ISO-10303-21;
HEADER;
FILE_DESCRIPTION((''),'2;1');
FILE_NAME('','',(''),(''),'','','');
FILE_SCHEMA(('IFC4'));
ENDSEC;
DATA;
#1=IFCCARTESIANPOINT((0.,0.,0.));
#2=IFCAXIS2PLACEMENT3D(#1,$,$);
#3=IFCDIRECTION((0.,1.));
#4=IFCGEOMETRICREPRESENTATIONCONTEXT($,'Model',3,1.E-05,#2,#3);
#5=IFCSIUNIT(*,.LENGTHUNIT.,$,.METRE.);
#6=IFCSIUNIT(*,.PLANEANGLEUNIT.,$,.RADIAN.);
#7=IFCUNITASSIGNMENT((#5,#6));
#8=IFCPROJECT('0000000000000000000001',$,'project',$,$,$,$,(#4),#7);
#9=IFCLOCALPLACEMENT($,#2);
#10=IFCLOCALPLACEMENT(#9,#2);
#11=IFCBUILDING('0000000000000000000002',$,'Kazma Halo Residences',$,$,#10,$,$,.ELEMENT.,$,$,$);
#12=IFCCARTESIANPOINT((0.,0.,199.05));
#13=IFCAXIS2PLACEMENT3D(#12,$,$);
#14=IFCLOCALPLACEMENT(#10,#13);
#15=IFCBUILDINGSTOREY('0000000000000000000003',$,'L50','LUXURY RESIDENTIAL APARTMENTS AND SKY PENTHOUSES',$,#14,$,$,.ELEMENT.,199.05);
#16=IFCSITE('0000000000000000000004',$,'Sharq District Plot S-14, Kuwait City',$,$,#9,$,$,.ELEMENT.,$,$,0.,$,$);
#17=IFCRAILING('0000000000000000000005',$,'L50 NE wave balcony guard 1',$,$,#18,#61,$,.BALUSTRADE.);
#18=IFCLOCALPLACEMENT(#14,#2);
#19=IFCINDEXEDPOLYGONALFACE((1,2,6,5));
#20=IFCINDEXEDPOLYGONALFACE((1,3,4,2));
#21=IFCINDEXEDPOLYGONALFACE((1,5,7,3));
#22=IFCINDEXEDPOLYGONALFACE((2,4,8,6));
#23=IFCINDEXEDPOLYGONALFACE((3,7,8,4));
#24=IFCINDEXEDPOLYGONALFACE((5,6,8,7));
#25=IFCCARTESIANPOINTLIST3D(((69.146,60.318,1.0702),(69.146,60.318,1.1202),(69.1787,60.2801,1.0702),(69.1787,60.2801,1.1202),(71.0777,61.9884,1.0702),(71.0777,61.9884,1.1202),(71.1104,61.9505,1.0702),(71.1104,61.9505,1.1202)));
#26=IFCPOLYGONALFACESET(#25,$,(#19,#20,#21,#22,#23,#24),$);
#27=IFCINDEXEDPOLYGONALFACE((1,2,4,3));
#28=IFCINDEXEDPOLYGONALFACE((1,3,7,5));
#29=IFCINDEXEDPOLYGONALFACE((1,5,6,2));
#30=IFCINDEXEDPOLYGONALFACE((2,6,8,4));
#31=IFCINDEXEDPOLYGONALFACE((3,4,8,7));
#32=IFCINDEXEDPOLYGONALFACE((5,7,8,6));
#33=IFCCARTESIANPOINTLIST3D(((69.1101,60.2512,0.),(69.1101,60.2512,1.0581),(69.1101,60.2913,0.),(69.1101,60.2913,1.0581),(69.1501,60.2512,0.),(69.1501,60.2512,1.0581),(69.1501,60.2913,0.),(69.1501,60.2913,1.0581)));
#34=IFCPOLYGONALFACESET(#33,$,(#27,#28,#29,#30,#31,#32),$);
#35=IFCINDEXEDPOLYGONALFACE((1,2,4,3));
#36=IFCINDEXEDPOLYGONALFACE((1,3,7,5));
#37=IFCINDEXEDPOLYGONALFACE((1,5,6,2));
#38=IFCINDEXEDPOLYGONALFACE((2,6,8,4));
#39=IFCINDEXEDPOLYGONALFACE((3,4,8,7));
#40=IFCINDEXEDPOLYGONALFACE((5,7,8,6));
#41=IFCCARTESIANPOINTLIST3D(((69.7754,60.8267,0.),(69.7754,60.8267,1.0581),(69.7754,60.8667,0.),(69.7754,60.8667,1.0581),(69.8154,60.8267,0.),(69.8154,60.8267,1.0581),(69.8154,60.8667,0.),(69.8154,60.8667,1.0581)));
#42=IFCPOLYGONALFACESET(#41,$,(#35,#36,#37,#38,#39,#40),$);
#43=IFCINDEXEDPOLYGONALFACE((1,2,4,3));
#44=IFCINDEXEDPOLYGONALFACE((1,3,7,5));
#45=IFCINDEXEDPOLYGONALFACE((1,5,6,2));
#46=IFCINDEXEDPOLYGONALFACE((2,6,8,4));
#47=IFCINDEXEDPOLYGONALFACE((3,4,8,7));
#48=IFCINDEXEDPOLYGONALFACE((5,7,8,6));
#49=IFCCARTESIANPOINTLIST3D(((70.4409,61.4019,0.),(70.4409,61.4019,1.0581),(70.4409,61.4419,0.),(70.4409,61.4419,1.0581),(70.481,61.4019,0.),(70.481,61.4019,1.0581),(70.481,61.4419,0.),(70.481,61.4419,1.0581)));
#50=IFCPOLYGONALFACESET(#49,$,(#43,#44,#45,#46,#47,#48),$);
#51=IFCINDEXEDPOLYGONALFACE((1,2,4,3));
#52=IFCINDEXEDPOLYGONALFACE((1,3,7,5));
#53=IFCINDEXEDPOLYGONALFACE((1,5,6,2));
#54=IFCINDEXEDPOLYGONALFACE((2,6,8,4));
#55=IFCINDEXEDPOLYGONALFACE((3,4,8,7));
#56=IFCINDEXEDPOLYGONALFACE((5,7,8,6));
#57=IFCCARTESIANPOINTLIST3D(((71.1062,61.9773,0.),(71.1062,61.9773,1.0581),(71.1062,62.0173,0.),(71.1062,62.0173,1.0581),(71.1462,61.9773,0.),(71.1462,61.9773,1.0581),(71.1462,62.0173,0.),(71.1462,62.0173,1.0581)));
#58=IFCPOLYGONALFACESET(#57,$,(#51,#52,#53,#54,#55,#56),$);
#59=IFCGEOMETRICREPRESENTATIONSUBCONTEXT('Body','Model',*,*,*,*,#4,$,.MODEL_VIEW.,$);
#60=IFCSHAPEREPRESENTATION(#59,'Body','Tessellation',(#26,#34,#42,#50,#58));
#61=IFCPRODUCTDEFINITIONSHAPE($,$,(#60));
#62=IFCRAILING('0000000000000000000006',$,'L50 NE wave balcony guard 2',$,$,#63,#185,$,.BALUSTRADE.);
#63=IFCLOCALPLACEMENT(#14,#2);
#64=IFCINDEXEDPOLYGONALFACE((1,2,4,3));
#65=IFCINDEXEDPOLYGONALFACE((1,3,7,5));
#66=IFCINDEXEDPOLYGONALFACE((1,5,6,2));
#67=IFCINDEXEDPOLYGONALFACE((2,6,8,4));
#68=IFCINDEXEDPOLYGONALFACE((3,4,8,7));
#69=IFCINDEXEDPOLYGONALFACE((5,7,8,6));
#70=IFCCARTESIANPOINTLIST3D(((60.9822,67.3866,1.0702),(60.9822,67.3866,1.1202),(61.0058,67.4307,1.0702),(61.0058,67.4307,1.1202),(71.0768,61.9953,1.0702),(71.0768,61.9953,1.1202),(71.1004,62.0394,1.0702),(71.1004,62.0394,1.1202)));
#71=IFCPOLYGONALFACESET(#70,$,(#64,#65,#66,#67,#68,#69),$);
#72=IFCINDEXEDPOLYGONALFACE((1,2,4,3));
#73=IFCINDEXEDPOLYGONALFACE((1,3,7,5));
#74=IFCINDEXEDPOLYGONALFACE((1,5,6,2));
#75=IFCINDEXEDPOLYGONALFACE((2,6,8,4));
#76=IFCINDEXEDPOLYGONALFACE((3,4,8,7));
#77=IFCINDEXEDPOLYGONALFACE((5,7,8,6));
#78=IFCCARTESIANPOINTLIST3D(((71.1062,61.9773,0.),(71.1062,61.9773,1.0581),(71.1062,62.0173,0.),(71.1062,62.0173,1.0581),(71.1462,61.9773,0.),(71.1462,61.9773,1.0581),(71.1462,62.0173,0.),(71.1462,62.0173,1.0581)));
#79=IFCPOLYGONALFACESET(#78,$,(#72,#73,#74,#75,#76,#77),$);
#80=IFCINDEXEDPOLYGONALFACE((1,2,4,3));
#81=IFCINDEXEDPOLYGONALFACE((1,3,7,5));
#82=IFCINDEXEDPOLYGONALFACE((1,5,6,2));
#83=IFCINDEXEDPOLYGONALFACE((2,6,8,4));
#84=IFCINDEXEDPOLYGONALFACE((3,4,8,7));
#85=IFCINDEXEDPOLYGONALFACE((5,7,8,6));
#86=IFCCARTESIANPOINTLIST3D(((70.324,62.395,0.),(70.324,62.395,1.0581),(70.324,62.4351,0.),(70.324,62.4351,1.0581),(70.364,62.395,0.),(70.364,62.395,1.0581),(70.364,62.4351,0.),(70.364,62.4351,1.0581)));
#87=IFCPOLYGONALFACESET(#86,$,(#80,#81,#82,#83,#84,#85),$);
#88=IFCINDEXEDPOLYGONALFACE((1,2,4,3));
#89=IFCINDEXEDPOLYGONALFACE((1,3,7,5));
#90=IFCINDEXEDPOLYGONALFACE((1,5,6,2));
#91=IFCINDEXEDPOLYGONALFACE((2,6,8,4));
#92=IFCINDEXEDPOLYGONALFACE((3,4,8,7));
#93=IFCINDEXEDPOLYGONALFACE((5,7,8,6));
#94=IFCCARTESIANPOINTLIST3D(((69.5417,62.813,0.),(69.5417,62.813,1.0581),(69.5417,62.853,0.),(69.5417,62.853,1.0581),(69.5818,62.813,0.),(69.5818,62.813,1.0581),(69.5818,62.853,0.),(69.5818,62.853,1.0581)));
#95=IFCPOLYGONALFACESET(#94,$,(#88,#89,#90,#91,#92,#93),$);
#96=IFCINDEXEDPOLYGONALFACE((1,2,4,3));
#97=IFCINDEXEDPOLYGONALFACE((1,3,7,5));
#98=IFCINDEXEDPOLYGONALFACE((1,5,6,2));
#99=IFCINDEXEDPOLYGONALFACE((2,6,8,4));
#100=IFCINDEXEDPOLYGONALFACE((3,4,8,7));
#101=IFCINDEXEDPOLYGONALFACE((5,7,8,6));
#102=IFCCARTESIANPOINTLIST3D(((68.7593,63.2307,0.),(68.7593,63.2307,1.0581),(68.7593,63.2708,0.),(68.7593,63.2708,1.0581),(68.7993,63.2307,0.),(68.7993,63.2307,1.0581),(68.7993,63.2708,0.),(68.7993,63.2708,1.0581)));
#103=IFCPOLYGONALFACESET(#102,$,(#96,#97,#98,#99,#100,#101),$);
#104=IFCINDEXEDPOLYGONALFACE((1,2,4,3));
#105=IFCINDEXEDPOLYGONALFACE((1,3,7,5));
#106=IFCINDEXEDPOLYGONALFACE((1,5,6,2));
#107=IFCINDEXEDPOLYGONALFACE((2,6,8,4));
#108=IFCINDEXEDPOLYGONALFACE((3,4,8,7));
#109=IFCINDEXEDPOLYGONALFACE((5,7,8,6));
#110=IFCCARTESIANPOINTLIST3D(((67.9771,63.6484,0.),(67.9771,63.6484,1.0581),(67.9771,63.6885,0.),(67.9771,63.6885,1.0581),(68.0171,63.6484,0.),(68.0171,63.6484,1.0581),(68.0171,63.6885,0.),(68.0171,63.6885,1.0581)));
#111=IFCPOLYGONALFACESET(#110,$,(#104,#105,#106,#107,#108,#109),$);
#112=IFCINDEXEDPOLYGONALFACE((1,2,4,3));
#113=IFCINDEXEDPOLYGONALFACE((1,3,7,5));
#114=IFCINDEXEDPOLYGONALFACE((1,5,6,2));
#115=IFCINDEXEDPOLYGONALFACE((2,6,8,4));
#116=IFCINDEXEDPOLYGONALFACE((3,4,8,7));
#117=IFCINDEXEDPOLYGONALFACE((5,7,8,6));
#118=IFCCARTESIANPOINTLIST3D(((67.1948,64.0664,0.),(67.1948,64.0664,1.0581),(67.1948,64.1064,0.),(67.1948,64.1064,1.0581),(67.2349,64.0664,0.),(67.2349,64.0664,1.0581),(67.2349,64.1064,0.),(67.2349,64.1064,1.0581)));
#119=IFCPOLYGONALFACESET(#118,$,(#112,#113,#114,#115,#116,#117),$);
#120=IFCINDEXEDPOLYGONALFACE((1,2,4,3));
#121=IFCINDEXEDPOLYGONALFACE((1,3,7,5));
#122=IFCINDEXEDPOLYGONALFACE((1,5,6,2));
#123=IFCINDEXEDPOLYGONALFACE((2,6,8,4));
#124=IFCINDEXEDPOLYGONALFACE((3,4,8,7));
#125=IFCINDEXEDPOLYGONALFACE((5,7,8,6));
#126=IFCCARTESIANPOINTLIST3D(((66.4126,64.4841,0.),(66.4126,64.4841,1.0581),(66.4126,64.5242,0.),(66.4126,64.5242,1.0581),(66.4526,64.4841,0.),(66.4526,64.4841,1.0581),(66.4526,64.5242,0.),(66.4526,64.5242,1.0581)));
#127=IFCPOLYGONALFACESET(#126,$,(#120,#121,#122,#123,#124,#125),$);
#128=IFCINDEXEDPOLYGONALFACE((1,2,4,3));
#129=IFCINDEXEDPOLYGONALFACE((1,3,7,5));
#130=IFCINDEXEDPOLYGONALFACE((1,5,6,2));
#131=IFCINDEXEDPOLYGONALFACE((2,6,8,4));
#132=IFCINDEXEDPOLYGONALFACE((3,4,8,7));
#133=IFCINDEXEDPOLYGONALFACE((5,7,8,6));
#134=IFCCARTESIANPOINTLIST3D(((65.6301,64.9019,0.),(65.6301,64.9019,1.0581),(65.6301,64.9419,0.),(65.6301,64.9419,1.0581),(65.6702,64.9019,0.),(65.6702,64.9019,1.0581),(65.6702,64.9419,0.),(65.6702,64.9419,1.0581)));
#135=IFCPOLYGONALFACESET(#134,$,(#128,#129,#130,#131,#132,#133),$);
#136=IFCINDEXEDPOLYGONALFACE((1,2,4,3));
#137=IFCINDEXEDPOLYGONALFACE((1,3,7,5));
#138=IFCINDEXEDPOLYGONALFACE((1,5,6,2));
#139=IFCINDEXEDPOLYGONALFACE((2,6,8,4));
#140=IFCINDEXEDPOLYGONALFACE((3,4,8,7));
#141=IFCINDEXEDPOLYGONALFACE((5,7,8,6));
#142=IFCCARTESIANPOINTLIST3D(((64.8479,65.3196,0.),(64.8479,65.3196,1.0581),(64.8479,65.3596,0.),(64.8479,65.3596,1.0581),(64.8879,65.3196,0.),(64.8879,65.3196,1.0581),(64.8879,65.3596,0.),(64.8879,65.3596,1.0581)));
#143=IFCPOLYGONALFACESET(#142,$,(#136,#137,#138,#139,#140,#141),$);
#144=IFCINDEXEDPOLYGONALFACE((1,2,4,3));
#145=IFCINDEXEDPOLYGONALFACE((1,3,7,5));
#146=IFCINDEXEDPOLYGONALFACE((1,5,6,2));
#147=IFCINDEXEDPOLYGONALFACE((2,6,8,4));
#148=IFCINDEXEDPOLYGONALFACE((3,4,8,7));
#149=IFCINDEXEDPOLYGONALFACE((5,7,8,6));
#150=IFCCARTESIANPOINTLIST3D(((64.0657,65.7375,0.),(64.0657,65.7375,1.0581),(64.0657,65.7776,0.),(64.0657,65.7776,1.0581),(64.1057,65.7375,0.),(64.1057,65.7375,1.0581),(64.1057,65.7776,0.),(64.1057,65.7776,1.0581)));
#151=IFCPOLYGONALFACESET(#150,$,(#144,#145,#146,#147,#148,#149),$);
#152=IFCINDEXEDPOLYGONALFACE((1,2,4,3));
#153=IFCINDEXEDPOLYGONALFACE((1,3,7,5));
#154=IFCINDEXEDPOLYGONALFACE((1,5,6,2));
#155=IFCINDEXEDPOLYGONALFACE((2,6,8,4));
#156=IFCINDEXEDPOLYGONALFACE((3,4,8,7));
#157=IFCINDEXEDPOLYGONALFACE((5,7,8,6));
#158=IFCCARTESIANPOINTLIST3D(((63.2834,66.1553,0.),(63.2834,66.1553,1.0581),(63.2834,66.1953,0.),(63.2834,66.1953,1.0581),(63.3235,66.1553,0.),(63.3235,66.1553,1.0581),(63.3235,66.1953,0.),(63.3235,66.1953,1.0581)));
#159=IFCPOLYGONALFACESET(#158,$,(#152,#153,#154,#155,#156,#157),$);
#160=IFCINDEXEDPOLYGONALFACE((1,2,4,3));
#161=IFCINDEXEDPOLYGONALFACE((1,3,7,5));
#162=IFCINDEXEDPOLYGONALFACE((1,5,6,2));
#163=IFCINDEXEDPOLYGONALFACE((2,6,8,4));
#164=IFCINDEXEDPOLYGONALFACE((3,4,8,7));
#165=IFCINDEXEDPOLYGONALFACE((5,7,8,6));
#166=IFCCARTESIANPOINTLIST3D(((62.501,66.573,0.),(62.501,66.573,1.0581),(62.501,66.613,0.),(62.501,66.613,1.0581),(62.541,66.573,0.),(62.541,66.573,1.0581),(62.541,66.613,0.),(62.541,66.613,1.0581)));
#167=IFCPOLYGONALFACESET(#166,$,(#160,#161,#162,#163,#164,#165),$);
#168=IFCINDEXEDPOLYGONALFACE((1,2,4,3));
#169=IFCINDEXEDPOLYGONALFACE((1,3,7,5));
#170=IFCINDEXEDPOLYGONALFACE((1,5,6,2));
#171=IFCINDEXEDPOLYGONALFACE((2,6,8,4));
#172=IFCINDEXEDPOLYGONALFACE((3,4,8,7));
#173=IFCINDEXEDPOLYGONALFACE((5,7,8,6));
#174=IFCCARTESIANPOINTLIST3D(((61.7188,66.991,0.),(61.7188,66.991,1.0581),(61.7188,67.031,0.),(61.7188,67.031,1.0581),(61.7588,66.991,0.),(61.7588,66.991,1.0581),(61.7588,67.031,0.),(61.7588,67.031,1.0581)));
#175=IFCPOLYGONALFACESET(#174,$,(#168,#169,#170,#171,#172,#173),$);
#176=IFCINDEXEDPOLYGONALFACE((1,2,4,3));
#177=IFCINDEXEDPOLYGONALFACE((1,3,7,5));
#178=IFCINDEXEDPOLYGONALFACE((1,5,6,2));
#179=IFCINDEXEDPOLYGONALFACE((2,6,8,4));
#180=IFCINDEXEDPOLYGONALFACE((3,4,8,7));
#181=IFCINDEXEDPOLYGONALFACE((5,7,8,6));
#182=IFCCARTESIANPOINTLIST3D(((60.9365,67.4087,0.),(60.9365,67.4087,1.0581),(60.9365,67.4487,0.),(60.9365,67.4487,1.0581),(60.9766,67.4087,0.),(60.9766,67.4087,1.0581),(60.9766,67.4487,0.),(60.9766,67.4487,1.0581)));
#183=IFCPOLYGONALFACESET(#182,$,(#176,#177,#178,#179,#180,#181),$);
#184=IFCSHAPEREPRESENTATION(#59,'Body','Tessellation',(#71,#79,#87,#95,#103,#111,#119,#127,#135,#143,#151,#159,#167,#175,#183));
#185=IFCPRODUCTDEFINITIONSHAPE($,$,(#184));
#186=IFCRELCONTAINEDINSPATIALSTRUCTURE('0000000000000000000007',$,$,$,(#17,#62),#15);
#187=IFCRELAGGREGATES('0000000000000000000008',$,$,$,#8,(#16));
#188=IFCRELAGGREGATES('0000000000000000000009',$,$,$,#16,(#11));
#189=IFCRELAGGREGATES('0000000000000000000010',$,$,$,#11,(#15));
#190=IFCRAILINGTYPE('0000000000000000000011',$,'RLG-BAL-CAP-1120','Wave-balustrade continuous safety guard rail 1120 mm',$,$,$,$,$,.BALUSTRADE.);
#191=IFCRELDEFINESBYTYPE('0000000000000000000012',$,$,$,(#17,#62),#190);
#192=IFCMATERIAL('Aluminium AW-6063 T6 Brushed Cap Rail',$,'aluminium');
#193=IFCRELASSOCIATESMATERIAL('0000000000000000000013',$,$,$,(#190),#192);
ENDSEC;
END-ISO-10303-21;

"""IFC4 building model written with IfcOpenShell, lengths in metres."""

from ifc_helpers import new_model, si_unit, direction, frame, origin, origin_2d, place, context, subcontext, project, spatial, rectangle, extrude, material, type_object, element, save


model = new_model("IFC4")

# Units and contexts
model_context = context("Model", 3, precision=1e-05, world=origin(), true_north=direction((0.0, 1.0)))
body_context = subcontext(model_context, "Body", "Model", "MODEL_VIEW")
ifc_project = project(units=[si_unit("LENGTHUNIT", "METRE"), si_unit("PLANEANGLEUNIT", "RADIAN")], contexts=[model_context])

# Site, building, storey
site_placement = place(None, origin())
site = spatial("IfcSite", under=ifc_project, at=site_placement, Name="Sharq District Plot S-14, Kuwait City", CompositionType="ELEMENT", RefElevation=0.0)
building_placement = place(site_placement, origin())
building = spatial("IfcBuilding", under=site, at=building_placement, Name="Kazma Halo Residences", CompositionType="ELEMENT")
storey_placement = place(building_placement, frame((0.0, 0.0, 199.05)))
storey = spatial("IfcBuildingStorey", under=building, at=storey_placement, Name="L50", Description="LUXURY RESIDENTIAL APARTMENTS AND SKY PENTHOUSES", CompositionType="ELEMENT", Elevation=199.05)

# Railings
ifc_material_1 = material(Name="Aluminium AW-6063 T6 Brushed Cap Rail", Category="aluminium")
railing_type = type_object("IfcRailingType", Name="RLG-BAL-CAP-1120", Description="Wave-balustrade continuous safety guard rail 1120 mm", PredefinedType="BALUSTRADE", material=ifc_material_1)
railing_1_placement = place(storey_placement, frame((69.1301, 60.2712, 0.0)))
element("IfcRailing", 1, at=railing_1_placement, inside=storey, type_object=railing_type, Name="L50 NE wave balcony guard 1", PredefinedType="BALUSTRADE", context=body_context, shape_type="SweptSolid", body=[
    extrude(rectangle(XDim=0.05, YDim=0.05, at=origin_2d()), frame((0.0322, 0.0278, 1.0952), z_axis=(0.756415, 0.654092, 0.0), x_axis=(-0.654092, 0.756415, 0.0)), (0.0, 0.0, 1.0), 2.5537),
    extrude(rectangle(XDim=0.04, YDim=0.04, at=origin_2d()), origin(), (0.0, 0.0, 1.0), 1.0581),
    extrude(rectangle(XDim=0.04, YDim=0.04, at=origin_2d()), frame((0.6653, 0.5754, 0.0)), (0.0, 0.0, 1.0), 1.0581),
    extrude(rectangle(XDim=0.04, YDim=0.04, at=origin_2d()), frame((1.3308, 1.1506, 0.0)), (0.0, 0.0, 1.0), 1.0581),
    extrude(rectangle(XDim=0.04, YDim=0.04, at=origin_2d()), frame((1.9961, 1.7261, 0.0)), (0.0, 0.0, 1.0), 1.0581),
])
railing_2_placement = place(storey_placement, frame((71.1262, 61.9973, 0.0)))
element("IfcRailing", 2, at=railing_2_placement, inside=storey, type_object=railing_type, Name="L50 NE wave balcony guard 2", PredefinedType="BALUSTRADE", context=body_context, shape_type="SweptSolid", body=[
    extrude(rectangle(XDim=0.05, YDim=0.05, at=origin_2d()), frame((-0.0376, 0.02, 1.0952), z_axis=(-0.88208, 0.471099, 0.0), x_axis=(-0.471099, -0.88208, 0.0)), (0.0, 0.0, 1.0), 11.4441),
    extrude(rectangle(XDim=0.04, YDim=0.04, at=origin_2d()), origin(), (0.0, 0.0, 1.0), 1.0581),
    extrude(rectangle(XDim=0.04, YDim=0.04, at=origin_2d()), frame((-0.7822, 0.4177, 0.0)), (0.0, 0.0, 1.0), 1.0581),
    extrude(rectangle(XDim=0.04, YDim=0.04, at=origin_2d()), frame((-1.5645, 0.8357, 0.0)), (0.0, 0.0, 1.0), 1.0581),
    extrude(rectangle(XDim=0.04, YDim=0.04, at=origin_2d()), frame((-2.3469, 1.2534, 0.0)), (0.0, 0.0, 1.0), 1.0581),
    extrude(rectangle(XDim=0.04, YDim=0.04, at=origin_2d()), frame((-3.1292, 1.6711, 0.0)), (0.0, 0.0, 1.0), 1.0581),
    extrude(rectangle(XDim=0.04, YDim=0.04, at=origin_2d()), frame((-3.9114, 2.0891, 0.0)), (0.0, 0.0, 1.0), 1.0581),
    extrude(rectangle(XDim=0.04, YDim=0.04, at=origin_2d()), frame((-4.6936, 2.5068, 0.0)), (0.0, 0.0, 1.0), 1.0581),
    extrude(rectangle(XDim=0.04, YDim=0.04, at=origin_2d()), frame((-5.4761, 2.9246, 0.0)), (0.0, 0.0, 1.0), 1.0581),
    extrude(rectangle(XDim=0.04, YDim=0.04, at=origin_2d()), frame((-6.2583, 3.3423, 0.0)), (0.0, 0.0, 1.0), 1.0581),
    extrude(rectangle(XDim=0.04, YDim=0.04, at=origin_2d()), frame((-7.0405, 3.7603, 0.0)), (0.0, 0.0, 1.0), 1.0581),
    extrude(rectangle(XDim=0.04, YDim=0.04, at=origin_2d()), frame((-7.8228, 4.178, 0.0)), (0.0, 0.0, 1.0), 1.0581),
    extrude(rectangle(XDim=0.04, YDim=0.04, at=origin_2d()), frame((-8.6052, 4.5957, 0.0)), (0.0, 0.0, 1.0), 1.0581),
    extrude(rectangle(XDim=0.04, YDim=0.04, at=origin_2d()), frame((-9.3875, 5.0137, 0.0)), (0.0, 0.0, 1.0), 1.0581),
    extrude(rectangle(XDim=0.04, YDim=0.04, at=origin_2d()), frame((-10.1697, 5.4314, 0.0)), (0.0, 0.0, 1.0), 1.0581),
])

save(model, "model.ifc")
